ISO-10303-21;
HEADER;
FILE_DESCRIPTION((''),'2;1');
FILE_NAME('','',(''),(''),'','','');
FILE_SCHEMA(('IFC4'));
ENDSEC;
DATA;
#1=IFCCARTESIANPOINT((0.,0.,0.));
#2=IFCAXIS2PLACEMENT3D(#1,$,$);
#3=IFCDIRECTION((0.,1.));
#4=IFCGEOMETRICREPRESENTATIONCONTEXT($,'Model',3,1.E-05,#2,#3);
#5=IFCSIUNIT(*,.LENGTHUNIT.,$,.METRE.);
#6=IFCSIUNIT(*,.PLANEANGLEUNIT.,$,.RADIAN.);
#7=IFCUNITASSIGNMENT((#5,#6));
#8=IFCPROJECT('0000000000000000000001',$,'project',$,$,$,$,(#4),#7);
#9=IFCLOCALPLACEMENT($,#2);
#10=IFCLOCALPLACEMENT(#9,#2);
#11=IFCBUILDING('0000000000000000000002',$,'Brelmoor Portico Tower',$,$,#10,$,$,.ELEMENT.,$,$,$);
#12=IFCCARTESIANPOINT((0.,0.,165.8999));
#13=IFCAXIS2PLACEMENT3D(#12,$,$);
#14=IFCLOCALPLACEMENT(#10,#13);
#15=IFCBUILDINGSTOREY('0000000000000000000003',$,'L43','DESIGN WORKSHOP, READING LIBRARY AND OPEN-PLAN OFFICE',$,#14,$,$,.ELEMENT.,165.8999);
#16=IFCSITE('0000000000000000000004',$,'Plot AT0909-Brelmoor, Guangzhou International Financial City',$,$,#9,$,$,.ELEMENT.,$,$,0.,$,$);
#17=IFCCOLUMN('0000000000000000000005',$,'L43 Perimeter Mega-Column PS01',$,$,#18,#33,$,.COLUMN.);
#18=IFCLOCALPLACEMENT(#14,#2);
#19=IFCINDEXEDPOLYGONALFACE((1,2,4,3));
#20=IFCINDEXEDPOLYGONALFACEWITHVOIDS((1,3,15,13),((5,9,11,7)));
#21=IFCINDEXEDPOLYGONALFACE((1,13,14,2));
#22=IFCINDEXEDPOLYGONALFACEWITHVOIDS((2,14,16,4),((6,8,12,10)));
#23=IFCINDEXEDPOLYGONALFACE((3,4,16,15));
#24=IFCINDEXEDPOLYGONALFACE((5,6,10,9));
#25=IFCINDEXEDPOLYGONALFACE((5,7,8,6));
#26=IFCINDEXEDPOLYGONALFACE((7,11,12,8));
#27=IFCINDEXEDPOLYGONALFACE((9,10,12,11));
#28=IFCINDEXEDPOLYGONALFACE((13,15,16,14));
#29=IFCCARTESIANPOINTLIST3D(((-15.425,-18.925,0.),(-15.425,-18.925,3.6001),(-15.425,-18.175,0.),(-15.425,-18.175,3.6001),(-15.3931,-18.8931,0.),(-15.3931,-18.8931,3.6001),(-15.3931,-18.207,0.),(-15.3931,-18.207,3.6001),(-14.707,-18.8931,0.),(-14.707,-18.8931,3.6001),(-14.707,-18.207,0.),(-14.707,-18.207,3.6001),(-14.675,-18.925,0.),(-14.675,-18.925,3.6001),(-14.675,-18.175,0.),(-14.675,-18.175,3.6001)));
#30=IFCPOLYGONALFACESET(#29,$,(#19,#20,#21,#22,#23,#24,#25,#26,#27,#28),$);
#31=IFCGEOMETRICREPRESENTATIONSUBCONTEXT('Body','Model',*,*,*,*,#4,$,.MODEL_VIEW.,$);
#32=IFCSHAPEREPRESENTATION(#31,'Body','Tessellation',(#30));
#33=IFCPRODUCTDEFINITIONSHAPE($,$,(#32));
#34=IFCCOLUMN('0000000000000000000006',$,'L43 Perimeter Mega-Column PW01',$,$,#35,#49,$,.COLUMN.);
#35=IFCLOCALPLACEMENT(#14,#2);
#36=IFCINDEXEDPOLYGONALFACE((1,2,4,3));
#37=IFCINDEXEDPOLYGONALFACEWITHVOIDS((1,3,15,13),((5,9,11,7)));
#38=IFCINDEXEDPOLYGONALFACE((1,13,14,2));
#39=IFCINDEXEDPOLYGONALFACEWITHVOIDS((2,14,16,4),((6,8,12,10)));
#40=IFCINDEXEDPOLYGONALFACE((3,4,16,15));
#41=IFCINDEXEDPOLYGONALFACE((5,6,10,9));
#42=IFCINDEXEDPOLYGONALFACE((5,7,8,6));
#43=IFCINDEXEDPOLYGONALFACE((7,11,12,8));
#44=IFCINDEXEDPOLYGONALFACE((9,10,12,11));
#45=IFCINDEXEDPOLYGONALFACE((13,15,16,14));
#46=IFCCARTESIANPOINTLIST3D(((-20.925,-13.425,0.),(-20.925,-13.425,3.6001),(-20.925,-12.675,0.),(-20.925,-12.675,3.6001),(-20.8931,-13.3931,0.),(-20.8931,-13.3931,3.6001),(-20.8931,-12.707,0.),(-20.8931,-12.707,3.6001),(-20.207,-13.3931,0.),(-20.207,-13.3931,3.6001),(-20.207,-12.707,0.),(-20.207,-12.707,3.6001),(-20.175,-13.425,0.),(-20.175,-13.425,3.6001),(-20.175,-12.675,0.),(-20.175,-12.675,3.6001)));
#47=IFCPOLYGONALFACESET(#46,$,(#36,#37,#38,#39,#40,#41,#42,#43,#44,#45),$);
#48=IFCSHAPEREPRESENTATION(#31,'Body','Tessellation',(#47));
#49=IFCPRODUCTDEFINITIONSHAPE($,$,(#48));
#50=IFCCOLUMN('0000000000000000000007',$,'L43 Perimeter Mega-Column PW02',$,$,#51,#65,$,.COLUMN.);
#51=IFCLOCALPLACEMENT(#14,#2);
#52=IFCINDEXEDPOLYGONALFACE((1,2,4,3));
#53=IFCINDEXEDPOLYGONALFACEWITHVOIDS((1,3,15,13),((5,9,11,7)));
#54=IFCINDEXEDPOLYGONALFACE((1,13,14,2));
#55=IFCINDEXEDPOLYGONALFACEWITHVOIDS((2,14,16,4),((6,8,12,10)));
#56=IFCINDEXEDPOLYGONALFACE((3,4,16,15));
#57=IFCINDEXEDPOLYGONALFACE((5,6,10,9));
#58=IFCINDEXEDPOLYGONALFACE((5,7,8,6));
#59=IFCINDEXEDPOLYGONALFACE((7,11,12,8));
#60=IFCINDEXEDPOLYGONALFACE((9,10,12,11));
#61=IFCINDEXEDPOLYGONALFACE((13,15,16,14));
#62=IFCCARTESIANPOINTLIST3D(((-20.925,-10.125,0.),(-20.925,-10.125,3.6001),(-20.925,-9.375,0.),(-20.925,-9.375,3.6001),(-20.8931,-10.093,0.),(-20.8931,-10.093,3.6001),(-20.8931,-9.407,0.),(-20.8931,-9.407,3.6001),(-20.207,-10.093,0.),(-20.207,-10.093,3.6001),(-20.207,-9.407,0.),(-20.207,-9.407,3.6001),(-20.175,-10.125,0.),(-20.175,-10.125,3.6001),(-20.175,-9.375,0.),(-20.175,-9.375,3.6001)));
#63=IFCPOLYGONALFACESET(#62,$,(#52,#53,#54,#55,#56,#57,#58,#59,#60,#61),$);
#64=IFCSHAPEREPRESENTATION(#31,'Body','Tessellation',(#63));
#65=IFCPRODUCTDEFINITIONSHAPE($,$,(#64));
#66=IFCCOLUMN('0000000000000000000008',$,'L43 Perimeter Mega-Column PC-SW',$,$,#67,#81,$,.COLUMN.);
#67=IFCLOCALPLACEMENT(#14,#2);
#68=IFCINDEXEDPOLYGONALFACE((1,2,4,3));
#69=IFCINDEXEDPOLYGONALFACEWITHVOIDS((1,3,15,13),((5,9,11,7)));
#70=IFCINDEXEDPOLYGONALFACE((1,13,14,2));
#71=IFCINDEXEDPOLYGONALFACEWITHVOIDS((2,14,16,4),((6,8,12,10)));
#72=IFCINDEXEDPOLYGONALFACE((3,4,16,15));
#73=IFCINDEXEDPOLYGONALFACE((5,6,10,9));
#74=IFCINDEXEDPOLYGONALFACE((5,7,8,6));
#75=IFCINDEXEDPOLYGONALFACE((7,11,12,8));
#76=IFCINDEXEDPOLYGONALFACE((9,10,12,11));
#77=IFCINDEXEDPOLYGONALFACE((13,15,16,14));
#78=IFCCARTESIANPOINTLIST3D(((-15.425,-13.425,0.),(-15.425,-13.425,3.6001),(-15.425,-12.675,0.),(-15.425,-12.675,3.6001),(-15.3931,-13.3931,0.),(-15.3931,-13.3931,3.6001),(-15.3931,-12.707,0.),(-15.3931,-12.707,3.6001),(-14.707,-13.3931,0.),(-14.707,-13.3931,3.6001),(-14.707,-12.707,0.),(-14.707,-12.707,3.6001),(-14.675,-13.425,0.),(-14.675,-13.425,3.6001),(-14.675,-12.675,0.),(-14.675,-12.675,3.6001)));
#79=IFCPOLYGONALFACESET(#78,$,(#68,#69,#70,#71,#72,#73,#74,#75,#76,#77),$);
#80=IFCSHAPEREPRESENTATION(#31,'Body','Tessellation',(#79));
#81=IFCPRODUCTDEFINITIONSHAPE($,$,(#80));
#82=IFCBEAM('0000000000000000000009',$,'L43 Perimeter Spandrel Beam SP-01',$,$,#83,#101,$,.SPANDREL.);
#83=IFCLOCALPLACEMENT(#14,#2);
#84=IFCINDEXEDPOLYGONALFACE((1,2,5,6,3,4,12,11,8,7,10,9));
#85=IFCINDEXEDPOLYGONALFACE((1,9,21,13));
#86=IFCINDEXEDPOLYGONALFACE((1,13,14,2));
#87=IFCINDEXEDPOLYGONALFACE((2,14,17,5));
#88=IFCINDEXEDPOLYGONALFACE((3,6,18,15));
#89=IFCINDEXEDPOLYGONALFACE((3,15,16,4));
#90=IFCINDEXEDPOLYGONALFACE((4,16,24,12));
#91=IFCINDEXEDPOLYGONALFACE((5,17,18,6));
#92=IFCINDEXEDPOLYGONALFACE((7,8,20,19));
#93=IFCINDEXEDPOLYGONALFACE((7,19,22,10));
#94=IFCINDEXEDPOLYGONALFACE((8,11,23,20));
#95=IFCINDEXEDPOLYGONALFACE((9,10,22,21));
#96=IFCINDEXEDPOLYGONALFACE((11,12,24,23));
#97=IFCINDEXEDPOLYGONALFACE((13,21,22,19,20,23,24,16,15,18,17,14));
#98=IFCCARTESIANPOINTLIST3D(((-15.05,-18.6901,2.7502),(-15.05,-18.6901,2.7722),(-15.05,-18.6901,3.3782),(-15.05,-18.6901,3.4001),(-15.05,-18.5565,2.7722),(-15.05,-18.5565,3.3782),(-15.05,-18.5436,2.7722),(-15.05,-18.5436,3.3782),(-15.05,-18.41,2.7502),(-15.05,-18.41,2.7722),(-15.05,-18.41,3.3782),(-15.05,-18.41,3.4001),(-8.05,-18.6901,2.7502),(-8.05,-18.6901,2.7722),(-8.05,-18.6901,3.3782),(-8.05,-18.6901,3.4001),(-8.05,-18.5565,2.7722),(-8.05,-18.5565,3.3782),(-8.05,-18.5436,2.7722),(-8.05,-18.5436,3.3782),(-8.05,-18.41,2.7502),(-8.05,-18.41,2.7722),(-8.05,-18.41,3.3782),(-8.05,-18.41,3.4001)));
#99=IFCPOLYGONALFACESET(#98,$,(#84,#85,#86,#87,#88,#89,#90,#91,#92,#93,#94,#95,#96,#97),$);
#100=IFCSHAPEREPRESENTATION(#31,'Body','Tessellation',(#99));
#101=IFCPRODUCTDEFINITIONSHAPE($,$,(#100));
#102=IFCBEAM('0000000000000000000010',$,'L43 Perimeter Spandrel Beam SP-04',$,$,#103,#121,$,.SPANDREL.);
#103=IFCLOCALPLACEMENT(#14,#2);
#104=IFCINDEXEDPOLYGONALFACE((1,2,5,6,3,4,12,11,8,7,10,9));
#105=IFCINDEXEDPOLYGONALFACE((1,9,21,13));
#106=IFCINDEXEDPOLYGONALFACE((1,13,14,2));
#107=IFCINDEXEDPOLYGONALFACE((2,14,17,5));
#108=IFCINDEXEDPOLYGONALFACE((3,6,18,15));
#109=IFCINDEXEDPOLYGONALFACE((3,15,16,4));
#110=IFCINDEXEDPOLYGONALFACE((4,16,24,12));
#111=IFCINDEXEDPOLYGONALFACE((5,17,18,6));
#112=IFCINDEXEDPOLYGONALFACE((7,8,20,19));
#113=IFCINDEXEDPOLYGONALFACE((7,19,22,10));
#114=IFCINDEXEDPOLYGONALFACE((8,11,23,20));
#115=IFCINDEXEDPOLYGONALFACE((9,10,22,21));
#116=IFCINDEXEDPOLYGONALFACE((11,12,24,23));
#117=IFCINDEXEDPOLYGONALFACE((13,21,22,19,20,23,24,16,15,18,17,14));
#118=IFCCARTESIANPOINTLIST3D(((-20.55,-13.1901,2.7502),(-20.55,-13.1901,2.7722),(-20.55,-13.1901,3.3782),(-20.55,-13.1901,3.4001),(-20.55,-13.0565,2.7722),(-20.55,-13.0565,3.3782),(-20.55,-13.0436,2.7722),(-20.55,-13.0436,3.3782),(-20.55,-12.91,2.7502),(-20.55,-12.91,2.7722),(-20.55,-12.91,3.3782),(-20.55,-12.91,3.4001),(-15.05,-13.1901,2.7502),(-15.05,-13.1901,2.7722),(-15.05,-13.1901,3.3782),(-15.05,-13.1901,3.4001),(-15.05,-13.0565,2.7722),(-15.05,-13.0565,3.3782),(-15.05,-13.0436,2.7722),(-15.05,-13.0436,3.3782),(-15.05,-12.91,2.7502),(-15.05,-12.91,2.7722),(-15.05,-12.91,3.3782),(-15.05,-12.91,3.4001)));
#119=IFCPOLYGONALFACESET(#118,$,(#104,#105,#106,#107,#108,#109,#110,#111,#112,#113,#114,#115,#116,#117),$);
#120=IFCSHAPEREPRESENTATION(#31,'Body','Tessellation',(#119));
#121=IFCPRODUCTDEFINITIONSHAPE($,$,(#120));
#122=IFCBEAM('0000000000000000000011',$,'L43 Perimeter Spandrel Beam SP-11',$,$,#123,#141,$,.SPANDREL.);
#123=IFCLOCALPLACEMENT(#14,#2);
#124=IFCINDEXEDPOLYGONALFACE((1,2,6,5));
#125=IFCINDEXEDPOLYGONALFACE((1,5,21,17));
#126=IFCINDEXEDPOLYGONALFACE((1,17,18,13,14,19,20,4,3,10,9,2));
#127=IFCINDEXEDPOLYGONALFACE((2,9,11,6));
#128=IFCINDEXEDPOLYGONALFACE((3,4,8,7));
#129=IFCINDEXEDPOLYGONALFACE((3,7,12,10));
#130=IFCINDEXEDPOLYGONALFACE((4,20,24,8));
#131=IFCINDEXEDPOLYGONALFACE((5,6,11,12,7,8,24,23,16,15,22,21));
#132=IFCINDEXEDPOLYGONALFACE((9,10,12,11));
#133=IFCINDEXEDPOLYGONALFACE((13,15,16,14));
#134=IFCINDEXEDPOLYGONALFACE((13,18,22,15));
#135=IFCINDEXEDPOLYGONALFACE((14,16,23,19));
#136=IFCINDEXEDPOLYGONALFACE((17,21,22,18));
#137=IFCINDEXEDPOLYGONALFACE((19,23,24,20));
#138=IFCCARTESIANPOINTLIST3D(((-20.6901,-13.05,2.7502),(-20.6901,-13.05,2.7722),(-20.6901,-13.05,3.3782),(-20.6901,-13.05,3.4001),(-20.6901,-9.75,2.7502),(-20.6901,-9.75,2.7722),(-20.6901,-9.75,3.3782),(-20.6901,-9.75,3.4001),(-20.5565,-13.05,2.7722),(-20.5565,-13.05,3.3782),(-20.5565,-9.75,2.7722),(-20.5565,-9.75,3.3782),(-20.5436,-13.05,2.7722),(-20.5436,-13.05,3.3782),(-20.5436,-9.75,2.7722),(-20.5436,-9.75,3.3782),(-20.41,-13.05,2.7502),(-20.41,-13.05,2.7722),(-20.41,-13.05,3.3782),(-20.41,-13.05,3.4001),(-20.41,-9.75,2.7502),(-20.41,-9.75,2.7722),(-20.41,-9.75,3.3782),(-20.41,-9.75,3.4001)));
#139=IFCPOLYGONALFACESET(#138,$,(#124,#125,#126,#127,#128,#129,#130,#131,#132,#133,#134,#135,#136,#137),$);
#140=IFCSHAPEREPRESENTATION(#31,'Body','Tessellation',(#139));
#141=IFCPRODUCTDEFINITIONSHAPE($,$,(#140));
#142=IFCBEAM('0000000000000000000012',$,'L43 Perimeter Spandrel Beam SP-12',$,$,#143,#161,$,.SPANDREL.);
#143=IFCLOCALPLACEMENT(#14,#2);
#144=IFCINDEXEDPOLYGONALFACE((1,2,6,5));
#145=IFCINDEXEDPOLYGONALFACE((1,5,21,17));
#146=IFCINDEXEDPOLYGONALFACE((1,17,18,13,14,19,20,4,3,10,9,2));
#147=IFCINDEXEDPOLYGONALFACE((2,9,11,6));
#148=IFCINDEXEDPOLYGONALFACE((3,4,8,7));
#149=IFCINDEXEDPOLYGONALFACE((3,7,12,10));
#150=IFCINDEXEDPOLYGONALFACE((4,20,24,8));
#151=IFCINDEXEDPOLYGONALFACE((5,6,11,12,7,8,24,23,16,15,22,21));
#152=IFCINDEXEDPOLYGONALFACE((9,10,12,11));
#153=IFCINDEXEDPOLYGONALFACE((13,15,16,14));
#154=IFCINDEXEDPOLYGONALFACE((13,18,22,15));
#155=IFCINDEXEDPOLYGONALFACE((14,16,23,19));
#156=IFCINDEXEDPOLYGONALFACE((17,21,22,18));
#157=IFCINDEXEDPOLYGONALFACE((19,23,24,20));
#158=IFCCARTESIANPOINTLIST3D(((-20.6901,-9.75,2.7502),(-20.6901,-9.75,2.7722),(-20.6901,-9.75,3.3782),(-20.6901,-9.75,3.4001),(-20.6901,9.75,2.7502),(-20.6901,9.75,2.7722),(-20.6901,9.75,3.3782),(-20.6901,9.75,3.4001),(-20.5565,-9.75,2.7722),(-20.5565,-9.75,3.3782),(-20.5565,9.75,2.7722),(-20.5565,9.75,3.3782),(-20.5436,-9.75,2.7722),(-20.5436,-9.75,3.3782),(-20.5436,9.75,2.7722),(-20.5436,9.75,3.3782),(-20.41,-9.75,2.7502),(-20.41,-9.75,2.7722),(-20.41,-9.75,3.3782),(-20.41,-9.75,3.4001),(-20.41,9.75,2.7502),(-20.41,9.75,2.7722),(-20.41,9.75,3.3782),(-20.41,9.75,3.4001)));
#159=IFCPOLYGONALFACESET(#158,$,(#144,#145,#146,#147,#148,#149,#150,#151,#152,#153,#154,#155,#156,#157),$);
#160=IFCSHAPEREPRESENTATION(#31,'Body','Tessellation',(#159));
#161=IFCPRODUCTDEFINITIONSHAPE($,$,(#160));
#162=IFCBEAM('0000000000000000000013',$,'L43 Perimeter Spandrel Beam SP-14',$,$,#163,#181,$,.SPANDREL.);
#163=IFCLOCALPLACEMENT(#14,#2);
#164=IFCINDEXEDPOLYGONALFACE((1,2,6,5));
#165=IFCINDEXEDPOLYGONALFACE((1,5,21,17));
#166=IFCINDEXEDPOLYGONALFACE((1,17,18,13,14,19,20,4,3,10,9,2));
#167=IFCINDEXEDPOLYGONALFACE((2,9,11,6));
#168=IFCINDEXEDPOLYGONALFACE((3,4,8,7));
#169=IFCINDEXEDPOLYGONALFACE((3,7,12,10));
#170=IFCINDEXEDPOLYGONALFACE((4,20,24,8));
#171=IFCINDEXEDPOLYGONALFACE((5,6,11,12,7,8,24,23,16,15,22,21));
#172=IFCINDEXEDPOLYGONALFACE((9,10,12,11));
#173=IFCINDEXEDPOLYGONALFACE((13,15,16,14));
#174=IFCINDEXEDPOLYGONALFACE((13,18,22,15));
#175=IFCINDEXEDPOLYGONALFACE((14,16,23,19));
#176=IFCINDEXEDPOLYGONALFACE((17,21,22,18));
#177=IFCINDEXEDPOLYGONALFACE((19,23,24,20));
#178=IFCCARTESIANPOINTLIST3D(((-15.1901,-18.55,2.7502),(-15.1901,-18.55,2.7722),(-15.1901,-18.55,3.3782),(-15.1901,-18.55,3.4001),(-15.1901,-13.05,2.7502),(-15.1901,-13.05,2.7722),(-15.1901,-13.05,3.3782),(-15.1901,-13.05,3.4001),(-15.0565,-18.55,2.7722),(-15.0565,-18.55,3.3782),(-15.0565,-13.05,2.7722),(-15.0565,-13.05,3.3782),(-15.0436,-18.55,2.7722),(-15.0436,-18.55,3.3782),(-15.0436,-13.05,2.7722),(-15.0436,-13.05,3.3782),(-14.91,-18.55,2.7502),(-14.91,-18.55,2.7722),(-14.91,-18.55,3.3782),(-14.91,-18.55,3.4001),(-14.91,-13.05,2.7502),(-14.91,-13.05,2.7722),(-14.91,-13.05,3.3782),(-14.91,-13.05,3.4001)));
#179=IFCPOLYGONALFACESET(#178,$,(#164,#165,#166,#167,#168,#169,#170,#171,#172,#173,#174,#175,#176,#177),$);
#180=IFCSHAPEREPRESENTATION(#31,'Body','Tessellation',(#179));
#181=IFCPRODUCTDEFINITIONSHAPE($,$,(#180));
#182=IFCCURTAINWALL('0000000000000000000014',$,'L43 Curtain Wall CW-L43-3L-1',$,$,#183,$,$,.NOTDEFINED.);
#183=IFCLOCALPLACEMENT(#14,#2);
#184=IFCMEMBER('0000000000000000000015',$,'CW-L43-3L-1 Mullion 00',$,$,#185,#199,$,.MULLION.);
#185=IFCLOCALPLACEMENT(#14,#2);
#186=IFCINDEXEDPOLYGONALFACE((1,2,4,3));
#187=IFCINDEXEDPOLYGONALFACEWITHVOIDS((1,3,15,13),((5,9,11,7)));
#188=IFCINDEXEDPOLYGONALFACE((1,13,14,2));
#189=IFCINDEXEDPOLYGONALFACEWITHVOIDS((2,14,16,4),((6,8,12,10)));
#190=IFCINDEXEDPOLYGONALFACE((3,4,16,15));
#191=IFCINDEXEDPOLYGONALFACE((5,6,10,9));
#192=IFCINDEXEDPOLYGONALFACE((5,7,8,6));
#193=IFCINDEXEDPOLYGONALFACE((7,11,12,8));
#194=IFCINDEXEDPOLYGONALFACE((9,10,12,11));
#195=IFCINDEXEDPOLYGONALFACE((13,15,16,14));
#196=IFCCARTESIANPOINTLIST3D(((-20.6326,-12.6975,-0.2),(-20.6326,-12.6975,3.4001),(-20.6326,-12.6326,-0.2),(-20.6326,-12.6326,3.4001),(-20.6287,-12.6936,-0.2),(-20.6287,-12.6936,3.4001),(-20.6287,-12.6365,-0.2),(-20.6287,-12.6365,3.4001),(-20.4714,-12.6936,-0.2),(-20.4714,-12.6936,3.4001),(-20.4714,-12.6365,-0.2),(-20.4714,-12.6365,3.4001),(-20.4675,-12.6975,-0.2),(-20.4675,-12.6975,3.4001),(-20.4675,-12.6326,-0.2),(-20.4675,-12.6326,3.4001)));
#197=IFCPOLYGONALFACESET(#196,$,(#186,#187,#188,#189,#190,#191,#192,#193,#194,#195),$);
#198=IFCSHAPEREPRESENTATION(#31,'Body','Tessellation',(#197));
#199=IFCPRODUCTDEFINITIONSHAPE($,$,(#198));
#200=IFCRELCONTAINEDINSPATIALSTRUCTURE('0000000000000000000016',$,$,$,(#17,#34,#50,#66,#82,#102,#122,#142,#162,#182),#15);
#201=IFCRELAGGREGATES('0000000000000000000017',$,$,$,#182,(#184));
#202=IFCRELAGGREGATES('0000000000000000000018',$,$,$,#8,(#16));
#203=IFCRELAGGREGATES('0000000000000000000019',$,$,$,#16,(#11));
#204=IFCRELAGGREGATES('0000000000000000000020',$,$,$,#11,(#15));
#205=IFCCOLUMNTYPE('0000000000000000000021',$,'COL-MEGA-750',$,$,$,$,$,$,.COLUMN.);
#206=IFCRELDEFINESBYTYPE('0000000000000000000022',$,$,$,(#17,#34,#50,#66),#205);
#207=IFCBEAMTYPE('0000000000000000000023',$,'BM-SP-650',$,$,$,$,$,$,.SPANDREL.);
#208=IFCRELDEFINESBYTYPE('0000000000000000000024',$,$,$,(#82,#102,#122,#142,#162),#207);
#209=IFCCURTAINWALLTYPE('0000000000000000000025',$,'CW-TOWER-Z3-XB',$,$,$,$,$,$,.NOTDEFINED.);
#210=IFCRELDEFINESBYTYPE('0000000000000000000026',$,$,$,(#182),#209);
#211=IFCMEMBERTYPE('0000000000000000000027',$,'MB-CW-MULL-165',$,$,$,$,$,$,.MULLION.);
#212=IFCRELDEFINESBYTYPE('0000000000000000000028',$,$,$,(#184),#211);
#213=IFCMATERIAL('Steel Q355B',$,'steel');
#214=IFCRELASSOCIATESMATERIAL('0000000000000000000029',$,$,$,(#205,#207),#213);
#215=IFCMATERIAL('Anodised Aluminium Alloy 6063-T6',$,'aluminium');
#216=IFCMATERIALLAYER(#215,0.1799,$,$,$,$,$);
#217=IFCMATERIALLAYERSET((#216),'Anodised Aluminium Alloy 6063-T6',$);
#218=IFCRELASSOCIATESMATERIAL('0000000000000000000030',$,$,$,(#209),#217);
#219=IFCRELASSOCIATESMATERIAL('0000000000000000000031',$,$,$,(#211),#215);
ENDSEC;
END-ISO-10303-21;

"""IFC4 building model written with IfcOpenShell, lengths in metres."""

from ifc_helpers import new_model, si_unit, direction, frame, origin, origin_2d, place, context, subcontext, project, spatial, hollow_rectangle, i_section, extrude, material, layer, layer_set, material_profile, profile_set, type_object, element, aggregate, save


model = new_model("IFC4")

# Units and contexts
model_context = context("Model", 3, precision=1e-05, world=origin(), true_north=direction((0.0, 1.0)))
body_context = subcontext(model_context, "Body", "Model", "MODEL_VIEW")
ifc_project = project(units=[si_unit("LENGTHUNIT", "METRE"), si_unit("PLANEANGLEUNIT", "RADIAN")], contexts=[model_context])

# Site, building, storey
site_placement = place(None, origin())
site = spatial("IfcSite", under=ifc_project, at=site_placement, Name="Plot AT0909-Brelmoor, Guangzhou International Financial City", CompositionType="ELEMENT", RefElevation=0.0)
building_placement = place(site_placement, origin())
building = spatial("IfcBuilding", under=site, at=building_placement, Name="Brelmoor Portico Tower", CompositionType="ELEMENT")
storey_placement = place(building_placement, frame((0.0, 0.0, 165.8999)))
storey = spatial("IfcBuildingStorey", under=building, at=storey_placement, Name="L43", Description="DESIGN WORKSHOP, READING LIBRARY AND OPEN-PLAN OFFICE", CompositionType="ELEMENT", Elevation=165.8999)

# Columns
ifc_material_1 = material(Name="Steel Q355B", Category="steel")
ifc_material_profile_1 = material_profile(ifc_material_1, hollow_rectangle(XDim=0.75, YDim=0.75, WallThickness=0.032, at=origin_2d()), Name="BOX 750x750x32")
ifc_profile_set_1 = profile_set([ifc_material_profile_1], Name="Steel Q355B")
column_type = type_object("IfcColumnType", Name="COL-MEGA-750", PredefinedType="COLUMN", material=ifc_profile_set_1)
for number, where, z_axis, x_axis, name in (
    (1, (-15.05, -18.55, 0.0), (0.0, 0.0, 1.0), (1.0, 0.0, 0.0), "L43 Perimeter Mega-Column PS01"),
    (2, (-20.55, -13.05, 0.0), (0.0, 0.0, 1.0), (0.0, 1.0, 0.0), "L43 Perimeter Mega-Column PW01"),
    (3, (-20.55, -9.75, 0.0), (0.0, 0.0, 1.0), (0.0, 1.0, 0.0), "L43 Perimeter Mega-Column PW02"),
    (4, (-15.05, -13.05, 0.0), (0.0, 0.0, 1.0), (1.0, 0.0, 0.0), "L43 Perimeter Mega-Column PC-SW"),
):
    element("IfcColumn", number, at=place(storey_placement, frame(where, z_axis=z_axis, x_axis=x_axis)), inside=storey, type_object=column_type, Name=name, PredefinedType="COLUMN", context=body_context, shape_type="SweptSolid", body=[
        extrude(hollow_rectangle(XDim=0.75, YDim=0.75, WallThickness=0.032, at=origin_2d()), origin(), (0.0, 0.0, 1.0), 3.6001),
    ])

# Beams
ifc_material_profile_2 = material_profile(ifc_material_1, i_section(OverallWidth=0.28, OverallDepth=0.6499, WebThickness=0.0129, FlangeThickness=0.022, at=origin_2d()), Name="HN 650x280x13x22")
ifc_profile_set_2 = profile_set([ifc_material_profile_2], Name="Steel Q355B")
beam_type = type_object("IfcBeamType", Name="BM-SP-650", PredefinedType="SPANDREL", material=ifc_profile_set_2)
beam_1_placement = place(storey_placement, frame((-15.05, -18.55, 3.0752), z_axis=(1.0, 0.0, 0.0), x_axis=(0.0, 1.0, 0.0)))
element("IfcBeam", 5, at=beam_1_placement, inside=storey, type_object=beam_type, Name="L43 Perimeter Spandrel Beam SP-01", PredefinedType="SPANDREL", context=body_context, shape_type="SweptSolid", body=[
    extrude(i_section(OverallWidth=0.28, OverallDepth=0.6499, WebThickness=0.0129, FlangeThickness=0.022, at=origin_2d()), origin(), (0.0, 0.0, 1.0), 7.0),
])
beam_2_placement = place(storey_placement, frame((-20.55, -13.05, 3.0752), z_axis=(1.0, 0.0, 0.0), x_axis=(0.0, 1.0, 0.0)))
element("IfcBeam", 6, at=beam_2_placement, inside=storey, type_object=beam_type, Name="L43 Perimeter Spandrel Beam SP-04", PredefinedType="SPANDREL", context=body_context, shape_type="SweptSolid", body=[
    extrude(i_section(OverallWidth=0.28, OverallDepth=0.6499, WebThickness=0.0129, FlangeThickness=0.022, at=origin_2d()), origin(), (0.0, 0.0, 1.0), 5.5),
])
beam_3_placement = place(storey_placement, frame((-20.55, -13.05, 3.0752), z_axis=(0.0, 1.0, 0.0), x_axis=(-1.0, 0.0, 0.0)))
element("IfcBeam", 7, at=beam_3_placement, inside=storey, type_object=beam_type, Name="L43 Perimeter Spandrel Beam SP-11", PredefinedType="SPANDREL", context=body_context, shape_type="SweptSolid", body=[
    extrude(i_section(OverallWidth=0.28, OverallDepth=0.6499, WebThickness=0.0129, FlangeThickness=0.022, at=origin_2d()), origin(), (0.0, 0.0, 1.0), 3.3),
])
beam_4_placement = place(storey_placement, frame((-20.55, -9.75, 3.0752), z_axis=(0.0, 1.0, 0.0), x_axis=(-1.0, 0.0, 0.0)))
element("IfcBeam", 8, at=beam_4_placement, inside=storey, type_object=beam_type, Name="L43 Perimeter Spandrel Beam SP-12", PredefinedType="SPANDREL", context=body_context, shape_type="SweptSolid", body=[
    extrude(i_section(OverallWidth=0.28, OverallDepth=0.6499, WebThickness=0.0129, FlangeThickness=0.022, at=origin_2d()), origin(), (0.0, 0.0, 1.0), 19.5),
])
beam_5_placement = place(storey_placement, frame((-15.05, -18.55, 3.0752), z_axis=(0.0, 1.0, 0.0), x_axis=(-1.0, 0.0, 0.0)))
element("IfcBeam", 9, at=beam_5_placement, inside=storey, type_object=beam_type, Name="L43 Perimeter Spandrel Beam SP-14", PredefinedType="SPANDREL", context=body_context, shape_type="SweptSolid", body=[
    extrude(i_section(OverallWidth=0.28, OverallDepth=0.6499, WebThickness=0.0129, FlangeThickness=0.022, at=origin_2d()), origin(), (0.0, 0.0, 1.0), 5.5),
])

# Curtain wall, member
ifc_material_2 = material(Name="Anodised Aluminium Alloy 6063-T6", Category="aluminium")
ifc_layer_1 = layer(ifc_material_2, 0.1799)
ifc_layer_set_1 = layer_set([ifc_layer_1], Name="Anodised Aluminium Alloy 6063-T6")
curtain_wall_type = type_object("IfcCurtainWallType", Name="CW-TOWER-Z3-XB", PredefinedType="NOTDEFINED", material=ifc_layer_set_1)
curtain_wall_placement = place(storey_placement, origin())
curtain_wall = element("IfcCurtainWall", 10, at=curtain_wall_placement, inside=storey, type_object=curtain_wall_type, Name="L43 Curtain Wall CW-L43-3L-1", PredefinedType="NOTDEFINED")
ifc_material_profile_3 = material_profile(ifc_material_2, hollow_rectangle(XDim=0.0649, YDim=0.165, WallThickness=0.0039, at=origin_2d()), Name="ALU MULLION 65x165")
ifc_profile_set_3 = profile_set([ifc_material_profile_3], Name="Anodised Aluminium Alloy 6063-T6")
member_type_1 = type_object("IfcMemberType", Name="MB-CW-MULL-165", PredefinedType="MULLION", material=ifc_profile_set_3)
member_1_placement = place(storey_placement, frame((-20.55, -12.665, -0.2), z_axis=(0.0, 0.0, 1.0), x_axis=(0.0, 1.0, 0.0)))
member_1 = element("IfcMember", 11, at=member_1_placement, type_object=member_type_1, Name="CW-L43-3L-1 Mullion 00", PredefinedType="MULLION", context=body_context, shape_type="SweptSolid", body=[
    extrude(hollow_rectangle(XDim=0.0649, YDim=0.165, WallThickness=0.0039, at=origin_2d()), origin(), (0.0, 0.0, 1.0), 3.6001),
])
aggregate(curtain_wall, [member_1])

save(model, "model.ifc")
